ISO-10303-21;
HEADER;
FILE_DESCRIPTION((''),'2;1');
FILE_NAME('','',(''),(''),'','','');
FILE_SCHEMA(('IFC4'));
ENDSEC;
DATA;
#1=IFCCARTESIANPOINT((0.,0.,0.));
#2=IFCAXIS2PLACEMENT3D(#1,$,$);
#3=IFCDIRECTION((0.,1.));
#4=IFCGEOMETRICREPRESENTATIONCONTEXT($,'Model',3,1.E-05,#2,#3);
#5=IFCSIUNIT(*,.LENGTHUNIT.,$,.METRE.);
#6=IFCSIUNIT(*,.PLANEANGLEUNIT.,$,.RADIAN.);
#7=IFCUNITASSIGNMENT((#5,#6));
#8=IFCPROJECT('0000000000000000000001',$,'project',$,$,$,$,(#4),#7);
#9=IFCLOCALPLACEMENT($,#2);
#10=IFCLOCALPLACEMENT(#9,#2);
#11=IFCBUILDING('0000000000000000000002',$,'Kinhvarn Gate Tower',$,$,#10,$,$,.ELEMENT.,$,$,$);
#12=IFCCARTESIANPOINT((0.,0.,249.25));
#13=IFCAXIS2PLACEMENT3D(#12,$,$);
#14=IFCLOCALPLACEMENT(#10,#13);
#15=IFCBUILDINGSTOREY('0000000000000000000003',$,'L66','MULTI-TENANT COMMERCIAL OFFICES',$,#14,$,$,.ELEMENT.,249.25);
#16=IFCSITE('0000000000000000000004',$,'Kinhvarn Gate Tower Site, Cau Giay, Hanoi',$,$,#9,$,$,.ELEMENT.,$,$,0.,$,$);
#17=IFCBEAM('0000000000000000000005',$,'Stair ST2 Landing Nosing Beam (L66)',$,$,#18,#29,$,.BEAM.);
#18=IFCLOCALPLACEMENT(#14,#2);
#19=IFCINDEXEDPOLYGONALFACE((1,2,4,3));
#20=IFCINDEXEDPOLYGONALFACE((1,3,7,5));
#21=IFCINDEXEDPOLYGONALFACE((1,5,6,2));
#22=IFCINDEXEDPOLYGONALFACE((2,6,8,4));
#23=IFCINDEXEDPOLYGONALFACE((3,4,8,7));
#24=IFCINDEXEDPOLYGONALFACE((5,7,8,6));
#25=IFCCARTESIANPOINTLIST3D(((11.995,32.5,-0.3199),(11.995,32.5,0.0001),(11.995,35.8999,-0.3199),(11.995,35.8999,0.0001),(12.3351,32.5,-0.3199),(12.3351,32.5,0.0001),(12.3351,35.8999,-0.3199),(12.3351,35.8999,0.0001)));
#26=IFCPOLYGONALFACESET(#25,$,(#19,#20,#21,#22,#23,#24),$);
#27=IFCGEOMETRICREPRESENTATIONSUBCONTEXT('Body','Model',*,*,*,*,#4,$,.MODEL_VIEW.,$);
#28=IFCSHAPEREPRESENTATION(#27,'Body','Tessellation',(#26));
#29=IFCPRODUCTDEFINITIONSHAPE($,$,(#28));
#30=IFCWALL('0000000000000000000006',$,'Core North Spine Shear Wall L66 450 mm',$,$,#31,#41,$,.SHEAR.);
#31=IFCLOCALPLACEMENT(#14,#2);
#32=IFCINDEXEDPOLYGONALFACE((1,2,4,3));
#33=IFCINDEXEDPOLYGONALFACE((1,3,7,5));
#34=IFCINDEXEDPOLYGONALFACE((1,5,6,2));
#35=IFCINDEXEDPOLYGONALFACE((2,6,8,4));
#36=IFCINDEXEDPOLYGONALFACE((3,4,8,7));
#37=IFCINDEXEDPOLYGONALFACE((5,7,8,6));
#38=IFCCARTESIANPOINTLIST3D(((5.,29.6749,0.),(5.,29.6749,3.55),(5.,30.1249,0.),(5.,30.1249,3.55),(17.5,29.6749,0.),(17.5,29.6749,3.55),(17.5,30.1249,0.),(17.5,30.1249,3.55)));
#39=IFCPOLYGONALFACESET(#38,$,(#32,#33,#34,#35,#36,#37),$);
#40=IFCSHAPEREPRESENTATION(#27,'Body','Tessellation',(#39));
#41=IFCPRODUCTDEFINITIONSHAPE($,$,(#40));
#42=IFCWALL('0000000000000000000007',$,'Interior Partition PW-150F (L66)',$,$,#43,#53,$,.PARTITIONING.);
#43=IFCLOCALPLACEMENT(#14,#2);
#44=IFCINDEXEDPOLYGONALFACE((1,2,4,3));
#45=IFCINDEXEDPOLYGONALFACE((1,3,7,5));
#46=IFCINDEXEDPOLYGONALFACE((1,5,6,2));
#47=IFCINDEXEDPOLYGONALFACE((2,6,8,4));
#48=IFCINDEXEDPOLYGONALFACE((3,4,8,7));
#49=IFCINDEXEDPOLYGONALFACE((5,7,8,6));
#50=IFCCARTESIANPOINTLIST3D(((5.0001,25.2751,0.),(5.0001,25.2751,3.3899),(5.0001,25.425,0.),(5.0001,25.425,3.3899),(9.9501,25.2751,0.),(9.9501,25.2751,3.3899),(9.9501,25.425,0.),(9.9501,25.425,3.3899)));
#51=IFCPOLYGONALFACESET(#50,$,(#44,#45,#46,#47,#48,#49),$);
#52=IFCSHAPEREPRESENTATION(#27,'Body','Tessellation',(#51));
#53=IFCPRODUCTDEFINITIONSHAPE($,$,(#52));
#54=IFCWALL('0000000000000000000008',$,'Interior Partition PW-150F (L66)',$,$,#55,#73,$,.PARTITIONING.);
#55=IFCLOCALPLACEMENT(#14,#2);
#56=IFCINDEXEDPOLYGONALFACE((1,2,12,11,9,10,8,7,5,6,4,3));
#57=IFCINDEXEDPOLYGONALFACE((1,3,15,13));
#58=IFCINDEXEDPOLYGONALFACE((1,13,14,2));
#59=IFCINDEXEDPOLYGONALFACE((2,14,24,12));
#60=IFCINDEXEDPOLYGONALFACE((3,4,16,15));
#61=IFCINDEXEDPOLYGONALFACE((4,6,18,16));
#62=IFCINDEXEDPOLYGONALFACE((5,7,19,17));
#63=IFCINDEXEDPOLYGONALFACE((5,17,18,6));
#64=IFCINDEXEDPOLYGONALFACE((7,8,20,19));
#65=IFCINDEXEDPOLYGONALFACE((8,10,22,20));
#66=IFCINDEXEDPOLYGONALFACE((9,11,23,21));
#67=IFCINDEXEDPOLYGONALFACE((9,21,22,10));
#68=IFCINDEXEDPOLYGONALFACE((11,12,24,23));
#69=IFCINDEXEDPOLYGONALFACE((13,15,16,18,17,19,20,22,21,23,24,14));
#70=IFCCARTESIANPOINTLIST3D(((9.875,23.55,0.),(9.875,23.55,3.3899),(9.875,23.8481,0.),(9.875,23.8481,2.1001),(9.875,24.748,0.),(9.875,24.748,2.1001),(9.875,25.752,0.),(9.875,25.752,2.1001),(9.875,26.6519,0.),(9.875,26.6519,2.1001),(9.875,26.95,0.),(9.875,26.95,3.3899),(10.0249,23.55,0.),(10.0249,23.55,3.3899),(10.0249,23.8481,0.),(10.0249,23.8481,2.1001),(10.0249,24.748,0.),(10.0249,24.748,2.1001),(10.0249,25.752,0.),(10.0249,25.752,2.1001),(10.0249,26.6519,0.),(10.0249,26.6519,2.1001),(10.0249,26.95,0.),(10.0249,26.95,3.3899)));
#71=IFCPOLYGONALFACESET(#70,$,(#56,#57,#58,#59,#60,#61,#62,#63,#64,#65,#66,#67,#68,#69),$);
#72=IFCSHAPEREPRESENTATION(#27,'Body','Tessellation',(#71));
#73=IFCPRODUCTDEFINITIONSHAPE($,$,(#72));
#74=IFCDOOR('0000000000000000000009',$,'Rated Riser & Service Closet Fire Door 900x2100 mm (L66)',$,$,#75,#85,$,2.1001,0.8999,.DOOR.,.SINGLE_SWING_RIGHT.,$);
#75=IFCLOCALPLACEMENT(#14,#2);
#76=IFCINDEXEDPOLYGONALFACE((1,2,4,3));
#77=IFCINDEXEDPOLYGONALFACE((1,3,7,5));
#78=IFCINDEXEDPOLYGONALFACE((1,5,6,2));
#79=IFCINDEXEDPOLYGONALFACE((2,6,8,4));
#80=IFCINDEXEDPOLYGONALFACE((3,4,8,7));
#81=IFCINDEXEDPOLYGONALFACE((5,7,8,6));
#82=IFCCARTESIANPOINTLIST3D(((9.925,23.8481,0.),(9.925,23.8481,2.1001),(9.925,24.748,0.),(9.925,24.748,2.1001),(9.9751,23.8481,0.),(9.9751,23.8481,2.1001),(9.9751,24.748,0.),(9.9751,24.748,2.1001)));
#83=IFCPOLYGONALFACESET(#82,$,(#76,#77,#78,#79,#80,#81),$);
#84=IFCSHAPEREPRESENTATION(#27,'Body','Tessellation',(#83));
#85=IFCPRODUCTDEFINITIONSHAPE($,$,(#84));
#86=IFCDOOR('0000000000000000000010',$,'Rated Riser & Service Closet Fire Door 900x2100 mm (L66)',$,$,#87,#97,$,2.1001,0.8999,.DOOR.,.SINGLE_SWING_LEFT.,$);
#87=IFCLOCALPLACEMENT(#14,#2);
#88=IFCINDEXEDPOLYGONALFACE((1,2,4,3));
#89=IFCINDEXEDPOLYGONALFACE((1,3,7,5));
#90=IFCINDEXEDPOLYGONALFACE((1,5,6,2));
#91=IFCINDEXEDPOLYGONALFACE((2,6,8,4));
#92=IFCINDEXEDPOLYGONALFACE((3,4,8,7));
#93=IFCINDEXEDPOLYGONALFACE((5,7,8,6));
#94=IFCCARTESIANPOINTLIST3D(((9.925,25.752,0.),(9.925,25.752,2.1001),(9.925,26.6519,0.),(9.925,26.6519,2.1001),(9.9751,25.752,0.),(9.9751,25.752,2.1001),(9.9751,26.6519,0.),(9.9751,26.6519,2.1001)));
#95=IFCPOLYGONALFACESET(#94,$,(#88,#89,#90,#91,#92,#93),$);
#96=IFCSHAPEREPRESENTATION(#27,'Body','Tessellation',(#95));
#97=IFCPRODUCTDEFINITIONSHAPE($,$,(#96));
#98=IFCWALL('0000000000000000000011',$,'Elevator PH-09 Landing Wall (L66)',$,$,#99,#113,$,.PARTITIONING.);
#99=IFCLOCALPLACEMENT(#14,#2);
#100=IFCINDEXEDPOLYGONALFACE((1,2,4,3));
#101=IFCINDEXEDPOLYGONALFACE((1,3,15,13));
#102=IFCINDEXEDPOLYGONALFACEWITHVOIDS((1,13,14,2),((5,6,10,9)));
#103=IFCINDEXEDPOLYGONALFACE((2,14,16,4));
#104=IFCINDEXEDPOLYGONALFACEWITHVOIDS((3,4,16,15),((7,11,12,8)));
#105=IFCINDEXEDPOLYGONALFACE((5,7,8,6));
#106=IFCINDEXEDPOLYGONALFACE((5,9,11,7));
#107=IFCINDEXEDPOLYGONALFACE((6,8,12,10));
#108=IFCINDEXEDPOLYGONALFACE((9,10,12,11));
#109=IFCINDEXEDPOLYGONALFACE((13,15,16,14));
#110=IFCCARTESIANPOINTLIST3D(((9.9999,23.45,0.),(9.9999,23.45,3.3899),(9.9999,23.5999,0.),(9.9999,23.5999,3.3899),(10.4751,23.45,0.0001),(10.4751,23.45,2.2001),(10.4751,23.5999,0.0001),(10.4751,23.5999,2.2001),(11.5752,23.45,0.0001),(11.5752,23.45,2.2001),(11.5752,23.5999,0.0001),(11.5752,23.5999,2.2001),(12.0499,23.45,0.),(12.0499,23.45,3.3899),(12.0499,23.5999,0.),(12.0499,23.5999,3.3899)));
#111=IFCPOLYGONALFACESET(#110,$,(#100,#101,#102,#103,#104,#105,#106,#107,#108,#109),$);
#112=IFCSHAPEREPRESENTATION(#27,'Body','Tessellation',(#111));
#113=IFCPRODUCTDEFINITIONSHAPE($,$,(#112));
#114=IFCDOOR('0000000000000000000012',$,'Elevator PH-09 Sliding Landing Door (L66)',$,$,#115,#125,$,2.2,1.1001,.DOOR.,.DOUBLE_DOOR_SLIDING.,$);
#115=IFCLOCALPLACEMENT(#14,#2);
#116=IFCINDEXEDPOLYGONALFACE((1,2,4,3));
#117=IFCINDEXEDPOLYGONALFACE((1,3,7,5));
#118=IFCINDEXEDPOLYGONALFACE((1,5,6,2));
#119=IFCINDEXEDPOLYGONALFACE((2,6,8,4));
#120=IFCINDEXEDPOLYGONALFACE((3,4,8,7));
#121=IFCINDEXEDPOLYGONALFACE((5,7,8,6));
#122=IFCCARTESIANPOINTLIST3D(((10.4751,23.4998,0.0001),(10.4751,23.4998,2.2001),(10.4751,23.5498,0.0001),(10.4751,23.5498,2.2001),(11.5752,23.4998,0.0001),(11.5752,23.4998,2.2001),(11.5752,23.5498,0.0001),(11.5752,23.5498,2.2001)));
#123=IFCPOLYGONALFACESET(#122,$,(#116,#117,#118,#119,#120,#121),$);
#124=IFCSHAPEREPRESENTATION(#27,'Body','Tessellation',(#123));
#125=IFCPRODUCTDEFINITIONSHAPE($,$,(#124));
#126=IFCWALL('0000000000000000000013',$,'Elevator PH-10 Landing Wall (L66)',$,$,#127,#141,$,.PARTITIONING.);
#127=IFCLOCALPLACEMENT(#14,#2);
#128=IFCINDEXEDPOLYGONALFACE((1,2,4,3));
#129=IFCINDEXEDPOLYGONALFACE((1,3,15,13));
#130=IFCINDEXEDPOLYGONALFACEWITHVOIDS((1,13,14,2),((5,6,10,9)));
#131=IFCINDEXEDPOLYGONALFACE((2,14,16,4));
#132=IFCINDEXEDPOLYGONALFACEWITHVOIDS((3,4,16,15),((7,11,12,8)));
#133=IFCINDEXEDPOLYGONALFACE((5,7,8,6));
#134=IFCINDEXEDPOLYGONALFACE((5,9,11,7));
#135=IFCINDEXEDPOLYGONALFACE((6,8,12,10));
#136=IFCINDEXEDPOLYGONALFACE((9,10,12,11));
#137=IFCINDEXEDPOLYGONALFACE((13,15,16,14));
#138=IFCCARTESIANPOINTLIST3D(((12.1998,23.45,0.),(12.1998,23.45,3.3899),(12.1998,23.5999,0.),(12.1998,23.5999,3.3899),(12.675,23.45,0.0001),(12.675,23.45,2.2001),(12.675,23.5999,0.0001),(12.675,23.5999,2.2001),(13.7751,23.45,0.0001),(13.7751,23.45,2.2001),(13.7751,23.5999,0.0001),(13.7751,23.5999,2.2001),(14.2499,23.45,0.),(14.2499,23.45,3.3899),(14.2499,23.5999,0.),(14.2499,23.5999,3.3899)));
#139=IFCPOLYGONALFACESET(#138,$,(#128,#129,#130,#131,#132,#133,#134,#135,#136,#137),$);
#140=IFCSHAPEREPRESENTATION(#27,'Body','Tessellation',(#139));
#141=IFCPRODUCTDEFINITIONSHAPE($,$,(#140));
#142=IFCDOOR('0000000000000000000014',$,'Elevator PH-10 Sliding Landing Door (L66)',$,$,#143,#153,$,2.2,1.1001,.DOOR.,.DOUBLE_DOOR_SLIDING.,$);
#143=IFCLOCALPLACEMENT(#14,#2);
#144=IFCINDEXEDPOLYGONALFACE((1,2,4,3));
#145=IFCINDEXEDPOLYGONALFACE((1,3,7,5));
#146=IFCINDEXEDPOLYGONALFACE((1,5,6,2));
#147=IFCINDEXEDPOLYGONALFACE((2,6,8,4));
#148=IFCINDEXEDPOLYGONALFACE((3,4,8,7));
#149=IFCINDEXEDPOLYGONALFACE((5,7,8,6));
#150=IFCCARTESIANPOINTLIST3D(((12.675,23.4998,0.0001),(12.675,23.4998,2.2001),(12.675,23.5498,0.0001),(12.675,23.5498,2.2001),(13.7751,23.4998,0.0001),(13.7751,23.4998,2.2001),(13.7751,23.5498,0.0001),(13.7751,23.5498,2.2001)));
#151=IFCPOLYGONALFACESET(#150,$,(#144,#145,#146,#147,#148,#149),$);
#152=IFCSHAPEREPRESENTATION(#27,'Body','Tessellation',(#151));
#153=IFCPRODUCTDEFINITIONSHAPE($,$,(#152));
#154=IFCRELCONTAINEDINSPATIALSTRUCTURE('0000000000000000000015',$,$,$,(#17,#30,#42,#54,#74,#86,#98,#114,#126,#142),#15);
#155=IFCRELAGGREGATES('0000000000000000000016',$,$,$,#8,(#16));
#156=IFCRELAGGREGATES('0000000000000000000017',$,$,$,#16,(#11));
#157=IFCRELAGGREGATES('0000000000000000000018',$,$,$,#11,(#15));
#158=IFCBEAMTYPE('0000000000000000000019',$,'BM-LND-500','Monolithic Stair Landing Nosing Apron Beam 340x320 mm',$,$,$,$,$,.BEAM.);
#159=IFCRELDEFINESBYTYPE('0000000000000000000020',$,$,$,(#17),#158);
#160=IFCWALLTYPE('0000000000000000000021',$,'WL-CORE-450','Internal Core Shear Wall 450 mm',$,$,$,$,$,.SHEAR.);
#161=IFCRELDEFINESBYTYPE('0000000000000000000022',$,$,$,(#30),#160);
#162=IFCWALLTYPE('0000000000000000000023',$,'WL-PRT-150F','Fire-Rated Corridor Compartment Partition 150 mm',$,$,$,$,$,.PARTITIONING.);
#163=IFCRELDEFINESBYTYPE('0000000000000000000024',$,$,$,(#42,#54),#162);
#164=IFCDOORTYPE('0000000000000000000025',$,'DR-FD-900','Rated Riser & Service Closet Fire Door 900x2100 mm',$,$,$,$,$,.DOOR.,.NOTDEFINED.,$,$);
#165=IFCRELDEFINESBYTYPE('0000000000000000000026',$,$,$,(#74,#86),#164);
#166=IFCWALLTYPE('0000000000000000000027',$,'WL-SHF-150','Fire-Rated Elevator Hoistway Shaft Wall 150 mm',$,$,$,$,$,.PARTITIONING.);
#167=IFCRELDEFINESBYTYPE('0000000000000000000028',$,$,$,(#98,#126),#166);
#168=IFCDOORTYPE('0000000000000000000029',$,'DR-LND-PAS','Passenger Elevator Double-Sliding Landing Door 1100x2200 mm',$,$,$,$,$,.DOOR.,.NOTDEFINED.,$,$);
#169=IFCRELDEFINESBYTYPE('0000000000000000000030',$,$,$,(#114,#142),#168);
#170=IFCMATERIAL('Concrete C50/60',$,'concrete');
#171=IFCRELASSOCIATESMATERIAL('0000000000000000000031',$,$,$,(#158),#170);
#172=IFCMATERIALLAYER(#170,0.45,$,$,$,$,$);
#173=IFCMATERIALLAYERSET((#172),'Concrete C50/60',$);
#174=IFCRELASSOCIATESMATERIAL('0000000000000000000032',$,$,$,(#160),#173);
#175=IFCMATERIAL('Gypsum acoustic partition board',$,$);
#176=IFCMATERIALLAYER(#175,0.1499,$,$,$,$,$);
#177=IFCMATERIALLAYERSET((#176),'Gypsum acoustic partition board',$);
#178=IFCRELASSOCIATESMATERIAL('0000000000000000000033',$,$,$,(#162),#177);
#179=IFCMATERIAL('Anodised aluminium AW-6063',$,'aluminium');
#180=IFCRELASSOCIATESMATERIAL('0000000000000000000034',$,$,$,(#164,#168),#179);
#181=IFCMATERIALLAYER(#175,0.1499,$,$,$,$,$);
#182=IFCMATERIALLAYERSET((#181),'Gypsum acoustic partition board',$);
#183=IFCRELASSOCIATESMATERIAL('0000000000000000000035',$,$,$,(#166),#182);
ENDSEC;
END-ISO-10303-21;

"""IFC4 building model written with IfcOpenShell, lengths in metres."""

from ifc_helpers import new_model, si_unit, direction, frame, frame_2d, origin, origin_2d, place, context, subcontext, project, spatial, rectangle, extrude, material, layer, layer_set, material_profile, profile_set, type_object, element, fill, save


model = new_model("IFC4")

# Units and contexts
model_context = context("Model", 3, precision=1e-05, world=origin(), true_north=direction((0.0, 1.0)))
body_context = subcontext(model_context, "Body", "Model", "MODEL_VIEW")
ifc_project = project(units=[si_unit("LENGTHUNIT", "METRE"), si_unit("PLANEANGLEUNIT", "RADIAN")], contexts=[model_context])

# Site, building, storey
site_placement = place(None, origin())
site = spatial("IfcSite", under=ifc_project, at=site_placement, Name="Kinhvarn Gate Tower Site, Cau Giay, Hanoi", CompositionType="ELEMENT", RefElevation=0.0)
building_placement = place(site_placement, origin())
building = spatial("IfcBuilding", under=site, at=building_placement, Name="Kinhvarn Gate Tower", CompositionType="ELEMENT")
storey_placement = place(building_placement, frame((0.0, 0.0, 249.25)))
storey = spatial("IfcBuildingStorey", under=building, at=storey_placement, Name="L66", Description="MULTI-TENANT COMMERCIAL OFFICES", CompositionType="ELEMENT", Elevation=249.25)

# Beam
ifc_material_1 = material(Name="Concrete C50/60", Category="concrete")
ifc_material_profile = material_profile(ifc_material_1, rectangle(XDim=0.3401, YDim=0.3201, at=origin_2d()), Name="RC 340x320")
ifc_profile_set = profile_set([ifc_material_profile], Name="Concrete C50/60")
beam_type = type_object("IfcBeamType", Name="BM-LND-500", Description="Monolithic Stair Landing Nosing Apron Beam 340x320 mm", PredefinedType="BEAM", material=ifc_profile_set)
beam_placement = place(storey_placement, frame((12.165, 32.5, -0.1599), z_axis=(0.0, 1.0, 0.0), x_axis=(-1.0, 0.0, 0.0)))
element("IfcBeam", 1, at=beam_placement, inside=storey, type_object=beam_type, Name="Stair ST2 Landing Nosing Beam (L66)", PredefinedType="BEAM", context=body_context, shape_type="SweptSolid", body=[
    extrude(rectangle(XDim=0.3401, YDim=0.3201, at=origin_2d()), origin(), (0.0, 0.0, 1.0), 3.3999),
])

# Walls
ifc_layer_1 = layer(ifc_material_1, 0.45)
ifc_layer_set_1 = layer_set([ifc_layer_1], Name="Concrete C50/60")
wall_type_1 = type_object("IfcWallType", Name="WL-CORE-450", Description="Internal Core Shear Wall 450 mm", PredefinedType="SHEAR", material=ifc_layer_set_1)
wall_1_placement = place(storey_placement, frame((5.0, 29.8999, 0.0), z_axis=(0.0, 0.0, 1.0), x_axis=(1.0, 0.0, 0.0)))
element("IfcWall", 2, at=wall_1_placement, inside=storey, type_object=wall_type_1, Name="Core North Spine Shear Wall L66 450 mm", PredefinedType="SHEAR", context=body_context, shape_type="SweptSolid", body=[
    extrude(rectangle(XDim=12.5, YDim=0.45, at=frame_2d((6.25, 0.0))), origin(), (0.0, 0.0, 1.0), 3.55),
])
ifc_material_2 = material(Name="Gypsum acoustic partition board")
ifc_layer_2 = layer(ifc_material_2, 0.1499)
ifc_layer_set_2 = layer_set([ifc_layer_2], Name="Gypsum acoustic partition board")
wall_type_2 = type_object("IfcWallType", Name="WL-PRT-150F", Description="Fire-Rated Corridor Compartment Partition 150 mm", PredefinedType="PARTITIONING", material=ifc_layer_set_2)
wall_2_placement = place(storey_placement, frame((5.0, 25.3501, 0.0), z_axis=(0.0, 0.0, 1.0), x_axis=(1.0, 0.0, 0.0)))
element("IfcWall", 3, at=wall_2_placement, inside=storey, type_object=wall_type_2, Name="Interior Partition PW-150F (L66)", PredefinedType="PARTITIONING", context=body_context, shape_type="SweptSolid", body=[
    extrude(rectangle(XDim=4.95, YDim=0.1499, at=frame_2d((2.4751, 0.0))), origin(), (0.0, 0.0, 1.0), 3.3899),
])

# Wall, openings, doors
wall_3_placement = place(storey_placement, frame((9.95, 23.55, 0.0), z_axis=(0.0, 0.0, 1.0), x_axis=(0.0, 1.0, 0.0)))
wall_3 = element("IfcWall", 4, at=wall_3_placement, inside=storey, type_object=wall_type_2, Name="Interior Partition PW-150F (L66)", PredefinedType="PARTITIONING", context=body_context, shape_type="SweptSolid", body=[
    extrude(rectangle(XDim=3.3999, YDim=0.1499, at=frame_2d((1.7, 0.0))), origin(), (0.0, 0.0, 1.0), 3.3899),
])
opening_1_placement = place(wall_3_placement, frame((0.2981, 0.0, 0.0)))
opening_1 = element("IfcOpeningElement", 5, at=opening_1_placement, cuts=wall_3, PredefinedType="OPENING", context=body_context, shape_type="SweptSolid", body=[
    extrude(rectangle(XDim=0.8999, YDim=2.1001, at=frame_2d((0.45, 1.05))), frame((0.0, 0.085, 0.0), z_axis=(0.0, -1.0, 0.0), x_axis=(1.0, 0.0, 0.0)), (0.0, 0.0, 1.0), 0.1699),
])
opening_2_placement = place(wall_3_placement, frame((2.2019, 0.0, 0.0)))
opening_2 = element("IfcOpeningElement", 6, at=opening_2_placement, cuts=wall_3, PredefinedType="OPENING", context=body_context, shape_type="SweptSolid", body=[
    extrude(rectangle(XDim=0.8999, YDim=2.1001, at=frame_2d((0.45, 1.05))), frame((0.0, 0.085, 0.0), z_axis=(0.0, -1.0, 0.0), x_axis=(1.0, 0.0, 0.0)), (0.0, 0.0, 1.0), 0.1699),
])
ifc_material_3 = material(Name="Anodised aluminium AW-6063", Category="aluminium")
door_type_1 = type_object("IfcDoorType", Name="DR-FD-900", Description="Rated Riser & Service Closet Fire Door 900x2100 mm", OperationType="NOTDEFINED", PredefinedType="DOOR", material=ifc_material_3)
door_1_placement = place(opening_1_placement, origin())
door_1 = element("IfcDoor", 7, at=door_1_placement, inside=storey, type_object=door_type_1, Name="Rated Riser & Service Closet Fire Door 900x2100 mm (L66)", OperationType="SINGLE_SWING_RIGHT", OverallHeight=2.1001, OverallWidth=0.8999, PredefinedType="DOOR", context=body_context, shape_type="SweptSolid", body=[
    extrude(rectangle(XDim=0.8999, YDim=2.1001, at=frame_2d((0.45, 1.05))), frame((0.0, 0.0249, 0.0), z_axis=(0.0, -1.0, 0.0), x_axis=(1.0, 0.0, 0.0)), (0.0, 0.0, 1.0), 0.05),
])
fill(opening_1, door_1)
door_2_placement = place(opening_2_placement, origin())
door_2 = element("IfcDoor", 8, at=door_2_placement, inside=storey, type_object=door_type_1, Name="Rated Riser & Service Closet Fire Door 900x2100 mm (L66)", OperationType="SINGLE_SWING_LEFT", OverallHeight=2.1001, OverallWidth=0.8999, PredefinedType="DOOR", context=body_context, shape_type="SweptSolid", body=[
    extrude(rectangle(XDim=0.8999, YDim=2.1001, at=frame_2d((0.45, 1.05))), frame((0.0, 0.0249, 0.0), z_axis=(0.0, -1.0, 0.0), x_axis=(1.0, 0.0, 0.0)), (0.0, 0.0, 1.0), 0.05),
])
fill(opening_2, door_2)

# Walls, openings, doors
ifc_layer_3 = layer(ifc_material_2, 0.1499)
ifc_layer_set_3 = layer_set([ifc_layer_3], Name="Gypsum acoustic partition board")
wall_type_3 = type_object("IfcWallType", Name="WL-SHF-150", Description="Fire-Rated Elevator Hoistway Shaft Wall 150 mm", PredefinedType="PARTITIONING", material=ifc_layer_set_3)
wall_4_placement = place(storey_placement, frame((10.0, 23.5249, 0.0), z_axis=(0.0, 0.0, 1.0), x_axis=(1.0, 0.0, 0.0)))
wall_4 = element("IfcWall", 9, at=wall_4_placement, inside=storey, type_object=wall_type_3, Name="Elevator PH-09 Landing Wall (L66)", PredefinedType="PARTITIONING", context=body_context, shape_type="SweptSolid", body=[
    extrude(rectangle(XDim=2.05, YDim=0.1499, at=frame_2d((1.0249, 0.0))), origin(), (0.0, 0.0, 1.0), 3.3899),
])
opening_3_placement = place(wall_4_placement, frame((0.4751, 0.0, 0.0)))
opening_3 = element("IfcOpeningElement", 10, at=opening_3_placement, cuts=wall_4, PredefinedType="OPENING", context=body_context, shape_type="SweptSolid", body=[
    extrude(rectangle(XDim=1.1001, YDim=2.2, at=frame_2d((0.55, 1.1001))), frame((0.0, 0.085, 0.0), z_axis=(0.0, -1.0, 0.0), x_axis=(1.0, 0.0, 0.0)), (0.0, 0.0, 1.0), 0.1699),
])
door_type_2 = type_object("IfcDoorType", Name="DR-LND-PAS", Description="Passenger Elevator Double-Sliding Landing Door 1100x2200 mm", OperationType="NOTDEFINED", PredefinedType="DOOR", material=ifc_material_3)
door_3_placement = place(opening_3_placement, origin())
door_3 = element("IfcDoor", 11, at=door_3_placement, inside=storey, type_object=door_type_2, Name="Elevator PH-09 Sliding Landing Door (L66)", OperationType="DOUBLE_DOOR_SLIDING", OverallHeight=2.2, OverallWidth=1.1001, PredefinedType="DOOR", context=body_context, shape_type="SweptSolid", body=[
    extrude(rectangle(XDim=1.1001, YDim=2.2, at=frame_2d((0.55, 1.1001))), frame((0.0, 0.0249, 0.0), z_axis=(0.0, -1.0, 0.0), x_axis=(1.0, 0.0, 0.0)), (0.0, 0.0, 1.0), 0.05),
])
fill(opening_3, door_3)
wall_5_placement = place(storey_placement, frame((12.2, 23.5249, 0.0), z_axis=(0.0, 0.0, 1.0), x_axis=(1.0, 0.0, 0.0)))
wall_5 = element("IfcWall", 12, at=wall_5_placement, inside=storey, type_object=wall_type_3, Name="Elevator PH-10 Landing Wall (L66)", PredefinedType="PARTITIONING", context=body_context, shape_type="SweptSolid", body=[
    extrude(rectangle(XDim=2.05, YDim=0.1499, at=frame_2d((1.0249, 0.0))), origin(), (0.0, 0.0, 1.0), 3.3899),
])
opening_4_placement = place(wall_5_placement, frame((0.4751, 0.0, 0.0)))
opening_4 = element("IfcOpeningElement", 13, at=opening_4_placement, cuts=wall_5, PredefinedType="OPENING", context=body_context, shape_type="SweptSolid", body=[
    extrude(rectangle(XDim=1.1001, YDim=2.2, at=frame_2d((0.55, 1.1001))), frame((0.0, 0.085, 0.0), z_axis=(0.0, -1.0, 0.0), x_axis=(1.0, 0.0, 0.0)), (0.0, 0.0, 1.0), 0.1699),
])
door_4_placement = place(opening_4_placement, origin())
door_4 = element("IfcDoor", 14, at=door_4_placement, inside=storey, type_object=door_type_2, Name="Elevator PH-10 Sliding Landing Door (L66)", OperationType="DOUBLE_DOOR_SLIDING", OverallHeight=2.2, OverallWidth=1.1001, PredefinedType="DOOR", context=body_context, shape_type="SweptSolid", body=[
    extrude(rectangle(XDim=1.1001, YDim=2.2, at=frame_2d((0.55, 1.1001))), frame((0.0, 0.0249, 0.0), z_axis=(0.0, -1.0, 0.0), x_axis=(1.0, 0.0, 0.0)), (0.0, 0.0, 1.0), 0.05),
])
fill(opening_4, door_4)

save(model, "model.ifc")
